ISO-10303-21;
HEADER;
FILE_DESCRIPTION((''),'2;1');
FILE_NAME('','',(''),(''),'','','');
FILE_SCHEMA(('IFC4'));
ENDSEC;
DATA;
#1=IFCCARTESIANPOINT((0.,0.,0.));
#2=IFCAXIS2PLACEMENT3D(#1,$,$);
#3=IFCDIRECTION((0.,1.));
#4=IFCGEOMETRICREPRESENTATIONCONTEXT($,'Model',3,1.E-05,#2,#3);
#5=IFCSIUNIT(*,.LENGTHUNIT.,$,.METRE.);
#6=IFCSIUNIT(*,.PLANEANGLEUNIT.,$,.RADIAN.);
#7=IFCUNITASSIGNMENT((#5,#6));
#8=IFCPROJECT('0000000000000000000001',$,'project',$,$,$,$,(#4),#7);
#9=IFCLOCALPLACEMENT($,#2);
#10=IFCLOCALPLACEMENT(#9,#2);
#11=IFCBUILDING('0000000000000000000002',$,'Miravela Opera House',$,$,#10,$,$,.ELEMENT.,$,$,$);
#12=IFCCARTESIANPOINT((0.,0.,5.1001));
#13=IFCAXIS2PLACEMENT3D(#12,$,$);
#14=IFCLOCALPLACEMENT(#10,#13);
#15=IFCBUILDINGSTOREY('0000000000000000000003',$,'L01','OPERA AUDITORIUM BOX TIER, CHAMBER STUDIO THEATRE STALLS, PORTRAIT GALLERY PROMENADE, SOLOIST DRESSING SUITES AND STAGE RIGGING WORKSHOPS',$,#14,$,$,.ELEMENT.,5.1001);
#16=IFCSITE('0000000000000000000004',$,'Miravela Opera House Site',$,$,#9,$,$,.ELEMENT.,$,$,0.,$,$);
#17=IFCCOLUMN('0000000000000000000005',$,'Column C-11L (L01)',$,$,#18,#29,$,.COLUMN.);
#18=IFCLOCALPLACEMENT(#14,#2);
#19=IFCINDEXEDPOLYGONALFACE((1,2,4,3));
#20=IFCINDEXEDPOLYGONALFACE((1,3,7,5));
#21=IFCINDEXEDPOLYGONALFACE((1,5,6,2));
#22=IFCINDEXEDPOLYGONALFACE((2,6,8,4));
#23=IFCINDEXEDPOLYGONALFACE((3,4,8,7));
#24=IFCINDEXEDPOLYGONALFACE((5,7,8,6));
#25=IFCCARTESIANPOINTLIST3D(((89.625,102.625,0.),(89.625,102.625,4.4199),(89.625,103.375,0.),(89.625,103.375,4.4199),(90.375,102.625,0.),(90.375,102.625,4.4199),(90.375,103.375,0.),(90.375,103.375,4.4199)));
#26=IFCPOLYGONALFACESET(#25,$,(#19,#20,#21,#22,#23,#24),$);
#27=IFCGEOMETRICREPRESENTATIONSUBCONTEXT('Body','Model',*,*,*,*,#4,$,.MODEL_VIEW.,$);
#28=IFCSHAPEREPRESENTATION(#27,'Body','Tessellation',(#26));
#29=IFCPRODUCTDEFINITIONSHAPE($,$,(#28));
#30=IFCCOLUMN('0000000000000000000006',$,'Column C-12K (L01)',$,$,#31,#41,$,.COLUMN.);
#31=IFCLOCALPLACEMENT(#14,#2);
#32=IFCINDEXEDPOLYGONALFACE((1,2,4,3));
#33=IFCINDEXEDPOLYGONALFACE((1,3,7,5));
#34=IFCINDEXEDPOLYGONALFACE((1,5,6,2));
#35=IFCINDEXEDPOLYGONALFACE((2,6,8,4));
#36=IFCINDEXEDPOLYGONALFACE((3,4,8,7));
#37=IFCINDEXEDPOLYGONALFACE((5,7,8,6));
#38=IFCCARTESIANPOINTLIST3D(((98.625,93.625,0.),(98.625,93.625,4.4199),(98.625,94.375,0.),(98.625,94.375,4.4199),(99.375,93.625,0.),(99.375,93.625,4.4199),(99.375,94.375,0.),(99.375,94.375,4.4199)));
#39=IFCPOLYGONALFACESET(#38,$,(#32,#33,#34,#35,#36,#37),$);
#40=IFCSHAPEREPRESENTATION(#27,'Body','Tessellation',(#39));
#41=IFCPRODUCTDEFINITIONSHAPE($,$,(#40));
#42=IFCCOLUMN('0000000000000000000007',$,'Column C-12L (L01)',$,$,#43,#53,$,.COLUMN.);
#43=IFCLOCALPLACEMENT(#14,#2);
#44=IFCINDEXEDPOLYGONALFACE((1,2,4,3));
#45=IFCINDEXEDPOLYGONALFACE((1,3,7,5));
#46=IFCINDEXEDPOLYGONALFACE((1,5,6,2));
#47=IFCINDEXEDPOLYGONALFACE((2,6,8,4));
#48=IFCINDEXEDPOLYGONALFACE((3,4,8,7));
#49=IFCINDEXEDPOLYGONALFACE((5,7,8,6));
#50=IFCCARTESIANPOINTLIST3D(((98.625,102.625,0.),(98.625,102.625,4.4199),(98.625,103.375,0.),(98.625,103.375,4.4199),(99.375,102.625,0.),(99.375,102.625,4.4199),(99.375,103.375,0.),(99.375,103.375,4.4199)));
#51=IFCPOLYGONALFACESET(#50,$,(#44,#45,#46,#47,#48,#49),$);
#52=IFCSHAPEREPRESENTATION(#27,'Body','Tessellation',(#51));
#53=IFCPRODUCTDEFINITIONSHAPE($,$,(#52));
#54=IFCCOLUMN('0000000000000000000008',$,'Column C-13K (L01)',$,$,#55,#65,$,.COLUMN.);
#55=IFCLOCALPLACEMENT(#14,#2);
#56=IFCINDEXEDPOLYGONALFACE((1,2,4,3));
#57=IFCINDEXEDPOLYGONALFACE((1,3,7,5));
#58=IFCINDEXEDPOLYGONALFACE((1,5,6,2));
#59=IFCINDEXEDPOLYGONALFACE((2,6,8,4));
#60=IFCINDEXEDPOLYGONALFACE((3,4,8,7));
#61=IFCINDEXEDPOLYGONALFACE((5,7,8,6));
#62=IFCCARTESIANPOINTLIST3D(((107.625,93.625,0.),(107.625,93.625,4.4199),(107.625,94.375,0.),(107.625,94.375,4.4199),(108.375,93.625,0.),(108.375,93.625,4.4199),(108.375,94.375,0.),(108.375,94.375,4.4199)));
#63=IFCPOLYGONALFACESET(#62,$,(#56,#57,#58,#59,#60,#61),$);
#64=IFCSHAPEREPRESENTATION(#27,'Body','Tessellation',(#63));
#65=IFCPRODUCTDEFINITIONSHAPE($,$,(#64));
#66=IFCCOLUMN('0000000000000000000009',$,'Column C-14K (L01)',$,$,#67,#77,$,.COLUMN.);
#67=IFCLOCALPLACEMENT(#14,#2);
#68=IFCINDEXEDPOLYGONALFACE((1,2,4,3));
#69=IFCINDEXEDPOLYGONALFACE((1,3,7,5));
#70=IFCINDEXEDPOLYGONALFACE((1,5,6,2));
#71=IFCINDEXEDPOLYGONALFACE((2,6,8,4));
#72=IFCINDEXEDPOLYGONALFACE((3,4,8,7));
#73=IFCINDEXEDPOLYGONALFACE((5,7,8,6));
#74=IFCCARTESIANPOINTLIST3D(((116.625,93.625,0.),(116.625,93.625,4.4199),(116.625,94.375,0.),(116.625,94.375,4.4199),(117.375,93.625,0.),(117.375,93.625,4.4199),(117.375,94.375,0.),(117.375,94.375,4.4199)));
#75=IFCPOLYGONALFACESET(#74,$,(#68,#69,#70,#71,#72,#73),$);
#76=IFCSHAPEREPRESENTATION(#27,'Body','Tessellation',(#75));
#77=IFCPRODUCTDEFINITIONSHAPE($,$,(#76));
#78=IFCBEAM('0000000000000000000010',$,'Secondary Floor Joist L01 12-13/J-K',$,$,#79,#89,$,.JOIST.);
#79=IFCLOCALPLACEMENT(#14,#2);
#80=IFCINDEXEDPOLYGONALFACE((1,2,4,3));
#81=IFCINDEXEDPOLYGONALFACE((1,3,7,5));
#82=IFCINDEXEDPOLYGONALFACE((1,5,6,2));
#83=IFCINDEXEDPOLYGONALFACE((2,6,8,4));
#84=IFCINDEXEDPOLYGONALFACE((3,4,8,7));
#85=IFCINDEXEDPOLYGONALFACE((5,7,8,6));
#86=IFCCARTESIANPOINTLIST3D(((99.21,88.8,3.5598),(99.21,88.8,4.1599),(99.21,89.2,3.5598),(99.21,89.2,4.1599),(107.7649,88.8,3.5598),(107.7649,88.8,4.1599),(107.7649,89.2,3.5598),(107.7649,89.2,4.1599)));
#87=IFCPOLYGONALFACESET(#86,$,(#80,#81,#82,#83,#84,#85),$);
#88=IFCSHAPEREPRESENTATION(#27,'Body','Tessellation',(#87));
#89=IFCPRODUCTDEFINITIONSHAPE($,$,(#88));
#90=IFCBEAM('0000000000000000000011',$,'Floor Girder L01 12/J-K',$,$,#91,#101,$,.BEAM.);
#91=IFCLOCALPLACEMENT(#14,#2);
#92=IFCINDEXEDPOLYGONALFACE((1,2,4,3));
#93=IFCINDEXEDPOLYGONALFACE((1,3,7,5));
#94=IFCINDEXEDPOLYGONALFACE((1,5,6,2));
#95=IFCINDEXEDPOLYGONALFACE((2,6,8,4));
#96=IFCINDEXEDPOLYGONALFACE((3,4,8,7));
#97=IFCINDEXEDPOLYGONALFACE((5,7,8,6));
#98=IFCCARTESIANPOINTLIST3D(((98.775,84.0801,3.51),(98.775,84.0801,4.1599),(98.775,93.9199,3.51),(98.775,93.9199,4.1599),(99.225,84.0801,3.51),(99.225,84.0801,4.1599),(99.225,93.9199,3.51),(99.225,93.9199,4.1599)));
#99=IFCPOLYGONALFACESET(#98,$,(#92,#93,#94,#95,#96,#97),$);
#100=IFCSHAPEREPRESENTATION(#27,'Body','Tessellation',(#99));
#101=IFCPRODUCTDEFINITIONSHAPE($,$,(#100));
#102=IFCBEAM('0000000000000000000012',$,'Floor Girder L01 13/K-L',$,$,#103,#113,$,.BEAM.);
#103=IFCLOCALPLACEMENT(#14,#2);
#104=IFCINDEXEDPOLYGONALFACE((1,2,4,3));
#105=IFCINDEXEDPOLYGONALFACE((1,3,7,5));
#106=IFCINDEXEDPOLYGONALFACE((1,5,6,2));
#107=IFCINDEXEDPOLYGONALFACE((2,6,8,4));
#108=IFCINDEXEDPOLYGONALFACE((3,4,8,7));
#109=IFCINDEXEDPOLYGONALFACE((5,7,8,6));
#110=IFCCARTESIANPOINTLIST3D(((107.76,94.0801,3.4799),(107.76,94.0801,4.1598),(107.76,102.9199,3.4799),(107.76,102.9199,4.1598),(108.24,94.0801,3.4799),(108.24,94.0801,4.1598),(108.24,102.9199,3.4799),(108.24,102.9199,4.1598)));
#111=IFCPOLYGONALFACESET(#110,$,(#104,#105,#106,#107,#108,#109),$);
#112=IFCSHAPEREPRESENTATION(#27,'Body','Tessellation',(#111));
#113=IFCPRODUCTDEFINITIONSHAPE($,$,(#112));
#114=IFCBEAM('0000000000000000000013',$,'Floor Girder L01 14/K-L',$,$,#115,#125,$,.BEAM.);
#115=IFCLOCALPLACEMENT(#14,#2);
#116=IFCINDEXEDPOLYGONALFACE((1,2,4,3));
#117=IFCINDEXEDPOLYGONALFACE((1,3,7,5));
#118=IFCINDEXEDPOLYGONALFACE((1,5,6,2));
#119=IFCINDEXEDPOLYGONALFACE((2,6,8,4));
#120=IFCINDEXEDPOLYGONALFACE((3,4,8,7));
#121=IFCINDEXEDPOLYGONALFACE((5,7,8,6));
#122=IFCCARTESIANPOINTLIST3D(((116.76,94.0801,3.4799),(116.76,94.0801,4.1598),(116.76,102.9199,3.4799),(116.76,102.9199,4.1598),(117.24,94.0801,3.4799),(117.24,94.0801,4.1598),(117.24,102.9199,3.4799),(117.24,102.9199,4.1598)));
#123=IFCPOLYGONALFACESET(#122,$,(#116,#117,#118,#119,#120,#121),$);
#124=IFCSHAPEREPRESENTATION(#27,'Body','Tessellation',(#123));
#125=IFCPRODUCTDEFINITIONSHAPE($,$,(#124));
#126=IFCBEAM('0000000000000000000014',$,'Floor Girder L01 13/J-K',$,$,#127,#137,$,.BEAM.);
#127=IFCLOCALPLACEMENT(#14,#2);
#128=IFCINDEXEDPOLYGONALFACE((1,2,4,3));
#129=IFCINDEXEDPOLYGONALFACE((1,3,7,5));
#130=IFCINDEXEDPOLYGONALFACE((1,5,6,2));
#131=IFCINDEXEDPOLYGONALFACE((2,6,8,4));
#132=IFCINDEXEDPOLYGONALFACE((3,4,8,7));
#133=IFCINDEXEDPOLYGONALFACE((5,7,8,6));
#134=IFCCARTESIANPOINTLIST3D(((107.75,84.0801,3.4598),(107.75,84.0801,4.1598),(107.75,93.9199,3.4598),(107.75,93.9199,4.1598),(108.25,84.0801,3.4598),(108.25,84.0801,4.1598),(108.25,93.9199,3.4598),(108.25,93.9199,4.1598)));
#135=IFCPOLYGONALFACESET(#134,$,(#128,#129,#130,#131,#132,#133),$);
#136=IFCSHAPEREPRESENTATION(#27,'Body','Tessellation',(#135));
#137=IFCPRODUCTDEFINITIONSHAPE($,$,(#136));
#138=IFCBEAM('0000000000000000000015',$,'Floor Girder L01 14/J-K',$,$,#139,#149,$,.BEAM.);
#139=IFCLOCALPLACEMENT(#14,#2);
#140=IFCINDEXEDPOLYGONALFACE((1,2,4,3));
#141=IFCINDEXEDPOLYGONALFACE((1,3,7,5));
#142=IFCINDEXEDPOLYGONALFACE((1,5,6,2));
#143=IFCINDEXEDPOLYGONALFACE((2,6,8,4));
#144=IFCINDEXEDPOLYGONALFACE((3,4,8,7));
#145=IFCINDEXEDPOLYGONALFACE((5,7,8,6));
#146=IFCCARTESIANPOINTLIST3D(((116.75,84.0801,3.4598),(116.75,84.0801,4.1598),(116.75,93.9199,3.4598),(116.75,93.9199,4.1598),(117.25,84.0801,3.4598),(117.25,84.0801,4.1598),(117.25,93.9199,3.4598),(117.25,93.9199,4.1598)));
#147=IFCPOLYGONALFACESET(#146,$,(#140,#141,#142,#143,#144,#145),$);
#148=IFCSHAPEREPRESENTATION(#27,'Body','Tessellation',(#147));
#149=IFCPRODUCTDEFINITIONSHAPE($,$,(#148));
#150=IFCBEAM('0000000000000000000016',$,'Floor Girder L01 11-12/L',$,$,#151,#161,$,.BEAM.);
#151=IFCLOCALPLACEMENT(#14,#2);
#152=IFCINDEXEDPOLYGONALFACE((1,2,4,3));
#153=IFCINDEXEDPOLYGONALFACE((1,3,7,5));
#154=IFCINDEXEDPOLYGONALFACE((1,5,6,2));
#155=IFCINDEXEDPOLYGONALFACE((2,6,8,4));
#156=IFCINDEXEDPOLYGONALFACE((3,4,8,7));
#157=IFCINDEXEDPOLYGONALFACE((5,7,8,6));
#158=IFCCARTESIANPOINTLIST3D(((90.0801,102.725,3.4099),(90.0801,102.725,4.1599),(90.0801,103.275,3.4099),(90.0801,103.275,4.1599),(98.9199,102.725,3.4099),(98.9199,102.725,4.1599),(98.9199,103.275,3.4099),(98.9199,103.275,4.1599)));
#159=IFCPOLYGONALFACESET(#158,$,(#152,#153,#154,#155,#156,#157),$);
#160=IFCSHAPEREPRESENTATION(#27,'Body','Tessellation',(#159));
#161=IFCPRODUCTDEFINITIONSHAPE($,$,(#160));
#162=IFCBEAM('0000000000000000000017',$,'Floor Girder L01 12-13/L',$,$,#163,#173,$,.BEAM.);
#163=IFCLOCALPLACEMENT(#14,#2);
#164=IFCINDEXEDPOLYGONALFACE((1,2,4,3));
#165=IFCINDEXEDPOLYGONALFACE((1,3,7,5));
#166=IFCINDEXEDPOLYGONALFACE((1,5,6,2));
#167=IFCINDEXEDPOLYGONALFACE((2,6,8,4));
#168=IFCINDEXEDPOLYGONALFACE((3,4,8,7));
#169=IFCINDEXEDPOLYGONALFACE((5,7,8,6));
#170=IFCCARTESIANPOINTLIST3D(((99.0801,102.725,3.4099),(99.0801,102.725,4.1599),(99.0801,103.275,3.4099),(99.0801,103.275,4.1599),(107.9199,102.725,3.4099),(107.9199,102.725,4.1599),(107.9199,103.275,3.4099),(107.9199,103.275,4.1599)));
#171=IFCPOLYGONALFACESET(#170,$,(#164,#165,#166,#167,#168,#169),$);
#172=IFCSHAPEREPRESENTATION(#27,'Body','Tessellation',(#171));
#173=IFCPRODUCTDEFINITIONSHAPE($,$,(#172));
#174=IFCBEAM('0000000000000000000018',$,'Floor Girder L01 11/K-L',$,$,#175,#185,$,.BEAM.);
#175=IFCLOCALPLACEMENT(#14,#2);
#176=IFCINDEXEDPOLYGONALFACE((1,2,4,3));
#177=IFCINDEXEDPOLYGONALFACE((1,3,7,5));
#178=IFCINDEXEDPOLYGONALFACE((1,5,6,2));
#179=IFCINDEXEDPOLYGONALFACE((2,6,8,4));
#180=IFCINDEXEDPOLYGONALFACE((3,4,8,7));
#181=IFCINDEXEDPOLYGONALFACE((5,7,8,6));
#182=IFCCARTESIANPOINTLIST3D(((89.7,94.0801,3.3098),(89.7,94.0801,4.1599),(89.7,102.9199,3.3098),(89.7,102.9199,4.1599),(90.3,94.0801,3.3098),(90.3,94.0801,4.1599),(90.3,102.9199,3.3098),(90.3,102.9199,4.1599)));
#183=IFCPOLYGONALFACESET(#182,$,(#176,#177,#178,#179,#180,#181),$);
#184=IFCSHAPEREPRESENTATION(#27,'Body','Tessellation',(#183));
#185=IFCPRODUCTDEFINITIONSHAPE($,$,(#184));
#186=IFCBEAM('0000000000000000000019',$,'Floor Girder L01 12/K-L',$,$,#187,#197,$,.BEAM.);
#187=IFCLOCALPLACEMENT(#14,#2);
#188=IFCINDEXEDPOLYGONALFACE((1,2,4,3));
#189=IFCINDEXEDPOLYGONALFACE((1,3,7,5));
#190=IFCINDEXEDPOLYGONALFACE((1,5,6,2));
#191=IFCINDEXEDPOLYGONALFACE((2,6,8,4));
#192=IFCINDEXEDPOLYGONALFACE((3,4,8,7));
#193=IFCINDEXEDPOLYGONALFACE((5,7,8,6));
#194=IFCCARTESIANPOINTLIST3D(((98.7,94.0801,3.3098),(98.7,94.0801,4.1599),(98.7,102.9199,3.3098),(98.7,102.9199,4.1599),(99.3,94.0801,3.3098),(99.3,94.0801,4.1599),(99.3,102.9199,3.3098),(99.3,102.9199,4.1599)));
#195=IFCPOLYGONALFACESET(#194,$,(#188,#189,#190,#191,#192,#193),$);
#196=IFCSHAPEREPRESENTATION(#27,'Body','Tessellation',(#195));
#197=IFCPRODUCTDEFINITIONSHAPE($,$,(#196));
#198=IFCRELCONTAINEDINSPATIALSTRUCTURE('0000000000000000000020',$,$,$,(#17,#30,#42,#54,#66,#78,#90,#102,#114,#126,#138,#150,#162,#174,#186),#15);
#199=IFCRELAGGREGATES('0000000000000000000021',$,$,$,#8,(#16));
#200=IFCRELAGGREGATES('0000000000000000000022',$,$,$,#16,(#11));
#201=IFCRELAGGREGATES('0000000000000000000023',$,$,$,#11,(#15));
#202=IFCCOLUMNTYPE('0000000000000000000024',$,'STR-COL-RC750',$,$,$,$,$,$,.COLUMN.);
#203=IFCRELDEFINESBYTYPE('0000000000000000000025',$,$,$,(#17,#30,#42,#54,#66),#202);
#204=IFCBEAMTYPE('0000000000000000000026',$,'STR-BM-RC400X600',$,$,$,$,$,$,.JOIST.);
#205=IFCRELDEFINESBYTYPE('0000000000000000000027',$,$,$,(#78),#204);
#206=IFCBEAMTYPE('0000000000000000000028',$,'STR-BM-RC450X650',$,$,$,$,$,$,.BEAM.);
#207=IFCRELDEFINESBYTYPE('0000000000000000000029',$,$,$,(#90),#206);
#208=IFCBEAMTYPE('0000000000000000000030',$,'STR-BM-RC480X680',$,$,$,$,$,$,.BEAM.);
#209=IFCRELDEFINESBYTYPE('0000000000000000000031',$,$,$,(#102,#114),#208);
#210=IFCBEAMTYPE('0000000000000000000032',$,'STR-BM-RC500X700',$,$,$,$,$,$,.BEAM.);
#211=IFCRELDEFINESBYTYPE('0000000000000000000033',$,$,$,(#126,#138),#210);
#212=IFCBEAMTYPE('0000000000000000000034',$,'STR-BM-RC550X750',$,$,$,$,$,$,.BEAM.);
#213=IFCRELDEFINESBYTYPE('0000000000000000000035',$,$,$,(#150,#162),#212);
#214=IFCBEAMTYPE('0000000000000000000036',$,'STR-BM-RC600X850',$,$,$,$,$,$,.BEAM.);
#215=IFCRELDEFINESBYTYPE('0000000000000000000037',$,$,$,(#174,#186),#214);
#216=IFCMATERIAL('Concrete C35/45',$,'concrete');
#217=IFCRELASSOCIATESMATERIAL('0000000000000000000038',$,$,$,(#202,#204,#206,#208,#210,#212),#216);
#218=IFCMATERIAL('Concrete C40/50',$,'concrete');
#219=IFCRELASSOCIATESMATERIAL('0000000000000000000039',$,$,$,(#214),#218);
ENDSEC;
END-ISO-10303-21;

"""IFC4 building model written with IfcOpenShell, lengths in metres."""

from ifc_helpers import new_model, si_unit, direction, frame, origin, origin_2d, place, context, subcontext, project, spatial, rectangle, extrude, material, material_profile, profile_set, type_object, element, save


model = new_model("IFC4")

# Units and contexts
model_context = context("Model", 3, precision=1e-05, world=origin(), true_north=direction((0.0, 1.0)))
body_context = subcontext(model_context, "Body", "Model", "MODEL_VIEW")
ifc_project = project(units=[si_unit("LENGTHUNIT", "METRE"), si_unit("PLANEANGLEUNIT", "RADIAN")], contexts=[model_context])

# Site, building, storey
site_placement = place(None, origin())
site = spatial("IfcSite", under=ifc_project, at=site_placement, Name="Miravela Opera House Site", CompositionType="ELEMENT", RefElevation=0.0)
building_placement = place(site_placement, origin())
building = spatial("IfcBuilding", under=site, at=building_placement, Name="Miravela Opera House", CompositionType="ELEMENT")
storey_placement = place(building_placement, frame((0.0, 0.0, 5.1001)))
storey = spatial("IfcBuildingStorey", under=building, at=storey_placement, Name="L01", Description="OPERA AUDITORIUM BOX TIER, CHAMBER STUDIO THEATRE STALLS, PORTRAIT GALLERY PROMENADE, SOLOIST DRESSING SUITES AND STAGE RIGGING WORKSHOPS", CompositionType="ELEMENT", Elevation=5.1001)

# Columns
ifc_material_1 = material(Name="Concrete C35/45", Category="concrete")
ifc_material_profile_1 = material_profile(ifc_material_1, rectangle(XDim=0.75, YDim=0.75, at=origin_2d()), Name="RC-COL-750X750")
ifc_profile_set_1 = profile_set([ifc_material_profile_1])
column_type = type_object("IfcColumnType", Name="STR-COL-RC750", PredefinedType="COLUMN", material=ifc_profile_set_1)
for number, where, z_axis, x_axis, name in (
    (1, (90.0, 103.0, 0.0), (0.0, 0.0, 1.0), (1.0, 0.0, 0.0), "Column C-11L (L01)"),
    (2, (99.0, 94.0, 0.0), (0.0, 0.0, 1.0), (1.0, 0.0, 0.0), "Column C-12K (L01)"),
    (3, (99.0, 103.0, 0.0), (0.0, 0.0, 1.0), (1.0, 0.0, 0.0), "Column C-12L (L01)"),
    (4, (108.0, 94.0, 0.0), (0.0, 0.0, 1.0), (1.0, 0.0, 0.0), "Column C-13K (L01)"),
    (5, (117.0, 94.0, 0.0), (0.0, 0.0, 1.0), (1.0, 0.0, 0.0), "Column C-14K (L01)"),
):
    element("IfcColumn", number, at=place(storey_placement, frame(where, z_axis=z_axis, x_axis=x_axis)), inside=storey, type_object=column_type, Name=name, PredefinedType="COLUMN", context=body_context, shape_type="SweptSolid", body=[
        extrude(rectangle(XDim=0.75, YDim=0.75, at=origin_2d()), origin(), (0.0, 0.0, 1.0), 4.4199),
    ])

# Beams
ifc_material_profile_2 = material_profile(ifc_material_1, rectangle(XDim=0.3999, YDim=0.6001, at=origin_2d()), Name="RC-BM-400X600")
ifc_profile_set_2 = profile_set([ifc_material_profile_2])
beam_type_1 = type_object("IfcBeamType", Name="STR-BM-RC400X600", PredefinedType="JOIST", material=ifc_profile_set_2)
beam_1_placement = place(storey_placement, frame((99.21, 89.0, 3.8599), z_axis=(1.0, 0.0, 0.0), x_axis=(0.0, 1.0, 0.0)))
element("IfcBeam", 6, at=beam_1_placement, inside=storey, type_object=beam_type_1, Name="Secondary Floor Joist L01 12-13/J-K", PredefinedType="JOIST", context=body_context, shape_type="SweptSolid", body=[
    extrude(rectangle(XDim=0.3999, YDim=0.6001, at=origin_2d()), origin(), (0.0, 0.0, 1.0), 8.5549),
])
ifc_material_profile_3 = material_profile(ifc_material_1, rectangle(XDim=0.45, YDim=0.6499, at=origin_2d()), Name="RC-BM-450X650")
ifc_profile_set_3 = profile_set([ifc_material_profile_3])
beam_type_2 = type_object("IfcBeamType", Name="STR-BM-RC450X650", PredefinedType="BEAM", material=ifc_profile_set_3)
beam_2_placement = place(storey_placement, frame((99.0, 84.0801, 3.835), z_axis=(0.0, 1.0, 0.0), x_axis=(-1.0, 0.0, 0.0)))
element("IfcBeam", 7, at=beam_2_placement, inside=storey, type_object=beam_type_2, Name="Floor Girder L01 12/J-K", PredefinedType="BEAM", context=body_context, shape_type="SweptSolid", body=[
    extrude(rectangle(XDim=0.45, YDim=0.6499, at=origin_2d()), origin(), (0.0, 0.0, 1.0), 9.8398),
])
ifc_material_profile_4 = material_profile(ifc_material_1, rectangle(XDim=0.48, YDim=0.6799, at=origin_2d()), Name="RC-BM-480X680")
ifc_profile_set_4 = profile_set([ifc_material_profile_4])
beam_type_3 = type_object("IfcBeamType", Name="STR-BM-RC480X680", PredefinedType="BEAM", material=ifc_profile_set_4)
for number, where, z_axis, x_axis, name in (
    (8, (108.0, 94.0801, 3.8198), (0.0, 1.0, 0.0), (-1.0, 0.0, 0.0), "Floor Girder L01 13/K-L"),
    (9, (117.0, 94.0801, 3.8198), (0.0, 1.0, 0.0), (-1.0, 0.0, 0.0), "Floor Girder L01 14/K-L"),
):
    element("IfcBeam", number, at=place(storey_placement, frame(where, z_axis=z_axis, x_axis=x_axis)), inside=storey, type_object=beam_type_3, Name=name, PredefinedType="BEAM", context=body_context, shape_type="SweptSolid", body=[
        extrude(rectangle(XDim=0.48, YDim=0.6799, at=origin_2d()), origin(), (0.0, 0.0, 1.0), 8.8398),
    ])
ifc_material_profile_5 = material_profile(ifc_material_1, rectangle(XDim=0.5, YDim=0.7, at=origin_2d()), Name="RC-BM-500X700")
ifc_profile_set_5 = profile_set([ifc_material_profile_5])
beam_type_4 = type_object("IfcBeamType", Name="STR-BM-RC500X700", PredefinedType="BEAM", material=ifc_profile_set_5)
for number, where, z_axis, x_axis, name in (
    (10, (108.0, 84.0801, 3.8098), (0.0, 1.0, 0.0), (-1.0, 0.0, 0.0), "Floor Girder L01 13/J-K"),
    (11, (117.0, 84.0801, 3.8098), (0.0, 1.0, 0.0), (-1.0, 0.0, 0.0), "Floor Girder L01 14/J-K"),
):
    element("IfcBeam", number, at=place(storey_placement, frame(where, z_axis=z_axis, x_axis=x_axis)), inside=storey, type_object=beam_type_4, Name=name, PredefinedType="BEAM", context=body_context, shape_type="SweptSolid", body=[
        extrude(rectangle(XDim=0.5, YDim=0.7, at=origin_2d()), origin(), (0.0, 0.0, 1.0), 9.8398),
    ])
ifc_material_profile_6 = material_profile(ifc_material_1, rectangle(XDim=0.55, YDim=0.75, at=origin_2d()), Name="RC-BM-550X750")
ifc_profile_set_6 = profile_set([ifc_material_profile_6])
beam_type_5 = type_object("IfcBeamType", Name="STR-BM-RC550X750", PredefinedType="BEAM", material=ifc_profile_set_6)
for number, where, z_axis, x_axis, name in (
    (12, (90.0801, 103.0, 3.7849), (1.0, 0.0, 0.0), (0.0, 1.0, 0.0), "Floor Girder L01 11-12/L"),
    (13, (99.0801, 103.0, 3.7849), (1.0, 0.0, 0.0), (0.0, 1.0, 0.0), "Floor Girder L01 12-13/L"),
):
    element("IfcBeam", number, at=place(storey_placement, frame(where, z_axis=z_axis, x_axis=x_axis)), inside=storey, type_object=beam_type_5, Name=name, PredefinedType="BEAM", context=body_context, shape_type="SweptSolid", body=[
        extrude(rectangle(XDim=0.55, YDim=0.75, at=origin_2d()), origin(), (0.0, 0.0, 1.0), 8.8398),
    ])
ifc_material_2 = material(Name="Concrete C40/50", Category="concrete")
ifc_material_profile_7 = material_profile(ifc_material_2, rectangle(XDim=0.6001, YDim=0.8501, at=origin_2d()), Name="RC-BM-600X850")
ifc_profile_set_7 = profile_set([ifc_material_profile_7])
beam_type_6 = type_object("IfcBeamType", Name="STR-BM-RC600X850", PredefinedType="BEAM", material=ifc_profile_set_7)
for number, where, z_axis, x_axis, name in (
    (14, (90.0, 94.0801, 3.7349), (0.0, 1.0, 0.0), (-1.0, 0.0, 0.0), "Floor Girder L01 11/K-L"),
    (15, (99.0, 94.0801, 3.7349), (0.0, 1.0, 0.0), (-1.0, 0.0, 0.0), "Floor Girder L01 12/K-L"),
):
    element("IfcBeam", number, at=place(storey_placement, frame(where, z_axis=z_axis, x_axis=x_axis)), inside=storey, type_object=beam_type_6, Name=name, PredefinedType="BEAM", context=body_context, shape_type="SweptSolid", body=[
        extrude(rectangle(XDim=0.6001, YDim=0.8501, at=origin_2d()), origin(), (0.0, 0.0, 1.0), 8.8398),
    ])

save(model, "model.ifc")
